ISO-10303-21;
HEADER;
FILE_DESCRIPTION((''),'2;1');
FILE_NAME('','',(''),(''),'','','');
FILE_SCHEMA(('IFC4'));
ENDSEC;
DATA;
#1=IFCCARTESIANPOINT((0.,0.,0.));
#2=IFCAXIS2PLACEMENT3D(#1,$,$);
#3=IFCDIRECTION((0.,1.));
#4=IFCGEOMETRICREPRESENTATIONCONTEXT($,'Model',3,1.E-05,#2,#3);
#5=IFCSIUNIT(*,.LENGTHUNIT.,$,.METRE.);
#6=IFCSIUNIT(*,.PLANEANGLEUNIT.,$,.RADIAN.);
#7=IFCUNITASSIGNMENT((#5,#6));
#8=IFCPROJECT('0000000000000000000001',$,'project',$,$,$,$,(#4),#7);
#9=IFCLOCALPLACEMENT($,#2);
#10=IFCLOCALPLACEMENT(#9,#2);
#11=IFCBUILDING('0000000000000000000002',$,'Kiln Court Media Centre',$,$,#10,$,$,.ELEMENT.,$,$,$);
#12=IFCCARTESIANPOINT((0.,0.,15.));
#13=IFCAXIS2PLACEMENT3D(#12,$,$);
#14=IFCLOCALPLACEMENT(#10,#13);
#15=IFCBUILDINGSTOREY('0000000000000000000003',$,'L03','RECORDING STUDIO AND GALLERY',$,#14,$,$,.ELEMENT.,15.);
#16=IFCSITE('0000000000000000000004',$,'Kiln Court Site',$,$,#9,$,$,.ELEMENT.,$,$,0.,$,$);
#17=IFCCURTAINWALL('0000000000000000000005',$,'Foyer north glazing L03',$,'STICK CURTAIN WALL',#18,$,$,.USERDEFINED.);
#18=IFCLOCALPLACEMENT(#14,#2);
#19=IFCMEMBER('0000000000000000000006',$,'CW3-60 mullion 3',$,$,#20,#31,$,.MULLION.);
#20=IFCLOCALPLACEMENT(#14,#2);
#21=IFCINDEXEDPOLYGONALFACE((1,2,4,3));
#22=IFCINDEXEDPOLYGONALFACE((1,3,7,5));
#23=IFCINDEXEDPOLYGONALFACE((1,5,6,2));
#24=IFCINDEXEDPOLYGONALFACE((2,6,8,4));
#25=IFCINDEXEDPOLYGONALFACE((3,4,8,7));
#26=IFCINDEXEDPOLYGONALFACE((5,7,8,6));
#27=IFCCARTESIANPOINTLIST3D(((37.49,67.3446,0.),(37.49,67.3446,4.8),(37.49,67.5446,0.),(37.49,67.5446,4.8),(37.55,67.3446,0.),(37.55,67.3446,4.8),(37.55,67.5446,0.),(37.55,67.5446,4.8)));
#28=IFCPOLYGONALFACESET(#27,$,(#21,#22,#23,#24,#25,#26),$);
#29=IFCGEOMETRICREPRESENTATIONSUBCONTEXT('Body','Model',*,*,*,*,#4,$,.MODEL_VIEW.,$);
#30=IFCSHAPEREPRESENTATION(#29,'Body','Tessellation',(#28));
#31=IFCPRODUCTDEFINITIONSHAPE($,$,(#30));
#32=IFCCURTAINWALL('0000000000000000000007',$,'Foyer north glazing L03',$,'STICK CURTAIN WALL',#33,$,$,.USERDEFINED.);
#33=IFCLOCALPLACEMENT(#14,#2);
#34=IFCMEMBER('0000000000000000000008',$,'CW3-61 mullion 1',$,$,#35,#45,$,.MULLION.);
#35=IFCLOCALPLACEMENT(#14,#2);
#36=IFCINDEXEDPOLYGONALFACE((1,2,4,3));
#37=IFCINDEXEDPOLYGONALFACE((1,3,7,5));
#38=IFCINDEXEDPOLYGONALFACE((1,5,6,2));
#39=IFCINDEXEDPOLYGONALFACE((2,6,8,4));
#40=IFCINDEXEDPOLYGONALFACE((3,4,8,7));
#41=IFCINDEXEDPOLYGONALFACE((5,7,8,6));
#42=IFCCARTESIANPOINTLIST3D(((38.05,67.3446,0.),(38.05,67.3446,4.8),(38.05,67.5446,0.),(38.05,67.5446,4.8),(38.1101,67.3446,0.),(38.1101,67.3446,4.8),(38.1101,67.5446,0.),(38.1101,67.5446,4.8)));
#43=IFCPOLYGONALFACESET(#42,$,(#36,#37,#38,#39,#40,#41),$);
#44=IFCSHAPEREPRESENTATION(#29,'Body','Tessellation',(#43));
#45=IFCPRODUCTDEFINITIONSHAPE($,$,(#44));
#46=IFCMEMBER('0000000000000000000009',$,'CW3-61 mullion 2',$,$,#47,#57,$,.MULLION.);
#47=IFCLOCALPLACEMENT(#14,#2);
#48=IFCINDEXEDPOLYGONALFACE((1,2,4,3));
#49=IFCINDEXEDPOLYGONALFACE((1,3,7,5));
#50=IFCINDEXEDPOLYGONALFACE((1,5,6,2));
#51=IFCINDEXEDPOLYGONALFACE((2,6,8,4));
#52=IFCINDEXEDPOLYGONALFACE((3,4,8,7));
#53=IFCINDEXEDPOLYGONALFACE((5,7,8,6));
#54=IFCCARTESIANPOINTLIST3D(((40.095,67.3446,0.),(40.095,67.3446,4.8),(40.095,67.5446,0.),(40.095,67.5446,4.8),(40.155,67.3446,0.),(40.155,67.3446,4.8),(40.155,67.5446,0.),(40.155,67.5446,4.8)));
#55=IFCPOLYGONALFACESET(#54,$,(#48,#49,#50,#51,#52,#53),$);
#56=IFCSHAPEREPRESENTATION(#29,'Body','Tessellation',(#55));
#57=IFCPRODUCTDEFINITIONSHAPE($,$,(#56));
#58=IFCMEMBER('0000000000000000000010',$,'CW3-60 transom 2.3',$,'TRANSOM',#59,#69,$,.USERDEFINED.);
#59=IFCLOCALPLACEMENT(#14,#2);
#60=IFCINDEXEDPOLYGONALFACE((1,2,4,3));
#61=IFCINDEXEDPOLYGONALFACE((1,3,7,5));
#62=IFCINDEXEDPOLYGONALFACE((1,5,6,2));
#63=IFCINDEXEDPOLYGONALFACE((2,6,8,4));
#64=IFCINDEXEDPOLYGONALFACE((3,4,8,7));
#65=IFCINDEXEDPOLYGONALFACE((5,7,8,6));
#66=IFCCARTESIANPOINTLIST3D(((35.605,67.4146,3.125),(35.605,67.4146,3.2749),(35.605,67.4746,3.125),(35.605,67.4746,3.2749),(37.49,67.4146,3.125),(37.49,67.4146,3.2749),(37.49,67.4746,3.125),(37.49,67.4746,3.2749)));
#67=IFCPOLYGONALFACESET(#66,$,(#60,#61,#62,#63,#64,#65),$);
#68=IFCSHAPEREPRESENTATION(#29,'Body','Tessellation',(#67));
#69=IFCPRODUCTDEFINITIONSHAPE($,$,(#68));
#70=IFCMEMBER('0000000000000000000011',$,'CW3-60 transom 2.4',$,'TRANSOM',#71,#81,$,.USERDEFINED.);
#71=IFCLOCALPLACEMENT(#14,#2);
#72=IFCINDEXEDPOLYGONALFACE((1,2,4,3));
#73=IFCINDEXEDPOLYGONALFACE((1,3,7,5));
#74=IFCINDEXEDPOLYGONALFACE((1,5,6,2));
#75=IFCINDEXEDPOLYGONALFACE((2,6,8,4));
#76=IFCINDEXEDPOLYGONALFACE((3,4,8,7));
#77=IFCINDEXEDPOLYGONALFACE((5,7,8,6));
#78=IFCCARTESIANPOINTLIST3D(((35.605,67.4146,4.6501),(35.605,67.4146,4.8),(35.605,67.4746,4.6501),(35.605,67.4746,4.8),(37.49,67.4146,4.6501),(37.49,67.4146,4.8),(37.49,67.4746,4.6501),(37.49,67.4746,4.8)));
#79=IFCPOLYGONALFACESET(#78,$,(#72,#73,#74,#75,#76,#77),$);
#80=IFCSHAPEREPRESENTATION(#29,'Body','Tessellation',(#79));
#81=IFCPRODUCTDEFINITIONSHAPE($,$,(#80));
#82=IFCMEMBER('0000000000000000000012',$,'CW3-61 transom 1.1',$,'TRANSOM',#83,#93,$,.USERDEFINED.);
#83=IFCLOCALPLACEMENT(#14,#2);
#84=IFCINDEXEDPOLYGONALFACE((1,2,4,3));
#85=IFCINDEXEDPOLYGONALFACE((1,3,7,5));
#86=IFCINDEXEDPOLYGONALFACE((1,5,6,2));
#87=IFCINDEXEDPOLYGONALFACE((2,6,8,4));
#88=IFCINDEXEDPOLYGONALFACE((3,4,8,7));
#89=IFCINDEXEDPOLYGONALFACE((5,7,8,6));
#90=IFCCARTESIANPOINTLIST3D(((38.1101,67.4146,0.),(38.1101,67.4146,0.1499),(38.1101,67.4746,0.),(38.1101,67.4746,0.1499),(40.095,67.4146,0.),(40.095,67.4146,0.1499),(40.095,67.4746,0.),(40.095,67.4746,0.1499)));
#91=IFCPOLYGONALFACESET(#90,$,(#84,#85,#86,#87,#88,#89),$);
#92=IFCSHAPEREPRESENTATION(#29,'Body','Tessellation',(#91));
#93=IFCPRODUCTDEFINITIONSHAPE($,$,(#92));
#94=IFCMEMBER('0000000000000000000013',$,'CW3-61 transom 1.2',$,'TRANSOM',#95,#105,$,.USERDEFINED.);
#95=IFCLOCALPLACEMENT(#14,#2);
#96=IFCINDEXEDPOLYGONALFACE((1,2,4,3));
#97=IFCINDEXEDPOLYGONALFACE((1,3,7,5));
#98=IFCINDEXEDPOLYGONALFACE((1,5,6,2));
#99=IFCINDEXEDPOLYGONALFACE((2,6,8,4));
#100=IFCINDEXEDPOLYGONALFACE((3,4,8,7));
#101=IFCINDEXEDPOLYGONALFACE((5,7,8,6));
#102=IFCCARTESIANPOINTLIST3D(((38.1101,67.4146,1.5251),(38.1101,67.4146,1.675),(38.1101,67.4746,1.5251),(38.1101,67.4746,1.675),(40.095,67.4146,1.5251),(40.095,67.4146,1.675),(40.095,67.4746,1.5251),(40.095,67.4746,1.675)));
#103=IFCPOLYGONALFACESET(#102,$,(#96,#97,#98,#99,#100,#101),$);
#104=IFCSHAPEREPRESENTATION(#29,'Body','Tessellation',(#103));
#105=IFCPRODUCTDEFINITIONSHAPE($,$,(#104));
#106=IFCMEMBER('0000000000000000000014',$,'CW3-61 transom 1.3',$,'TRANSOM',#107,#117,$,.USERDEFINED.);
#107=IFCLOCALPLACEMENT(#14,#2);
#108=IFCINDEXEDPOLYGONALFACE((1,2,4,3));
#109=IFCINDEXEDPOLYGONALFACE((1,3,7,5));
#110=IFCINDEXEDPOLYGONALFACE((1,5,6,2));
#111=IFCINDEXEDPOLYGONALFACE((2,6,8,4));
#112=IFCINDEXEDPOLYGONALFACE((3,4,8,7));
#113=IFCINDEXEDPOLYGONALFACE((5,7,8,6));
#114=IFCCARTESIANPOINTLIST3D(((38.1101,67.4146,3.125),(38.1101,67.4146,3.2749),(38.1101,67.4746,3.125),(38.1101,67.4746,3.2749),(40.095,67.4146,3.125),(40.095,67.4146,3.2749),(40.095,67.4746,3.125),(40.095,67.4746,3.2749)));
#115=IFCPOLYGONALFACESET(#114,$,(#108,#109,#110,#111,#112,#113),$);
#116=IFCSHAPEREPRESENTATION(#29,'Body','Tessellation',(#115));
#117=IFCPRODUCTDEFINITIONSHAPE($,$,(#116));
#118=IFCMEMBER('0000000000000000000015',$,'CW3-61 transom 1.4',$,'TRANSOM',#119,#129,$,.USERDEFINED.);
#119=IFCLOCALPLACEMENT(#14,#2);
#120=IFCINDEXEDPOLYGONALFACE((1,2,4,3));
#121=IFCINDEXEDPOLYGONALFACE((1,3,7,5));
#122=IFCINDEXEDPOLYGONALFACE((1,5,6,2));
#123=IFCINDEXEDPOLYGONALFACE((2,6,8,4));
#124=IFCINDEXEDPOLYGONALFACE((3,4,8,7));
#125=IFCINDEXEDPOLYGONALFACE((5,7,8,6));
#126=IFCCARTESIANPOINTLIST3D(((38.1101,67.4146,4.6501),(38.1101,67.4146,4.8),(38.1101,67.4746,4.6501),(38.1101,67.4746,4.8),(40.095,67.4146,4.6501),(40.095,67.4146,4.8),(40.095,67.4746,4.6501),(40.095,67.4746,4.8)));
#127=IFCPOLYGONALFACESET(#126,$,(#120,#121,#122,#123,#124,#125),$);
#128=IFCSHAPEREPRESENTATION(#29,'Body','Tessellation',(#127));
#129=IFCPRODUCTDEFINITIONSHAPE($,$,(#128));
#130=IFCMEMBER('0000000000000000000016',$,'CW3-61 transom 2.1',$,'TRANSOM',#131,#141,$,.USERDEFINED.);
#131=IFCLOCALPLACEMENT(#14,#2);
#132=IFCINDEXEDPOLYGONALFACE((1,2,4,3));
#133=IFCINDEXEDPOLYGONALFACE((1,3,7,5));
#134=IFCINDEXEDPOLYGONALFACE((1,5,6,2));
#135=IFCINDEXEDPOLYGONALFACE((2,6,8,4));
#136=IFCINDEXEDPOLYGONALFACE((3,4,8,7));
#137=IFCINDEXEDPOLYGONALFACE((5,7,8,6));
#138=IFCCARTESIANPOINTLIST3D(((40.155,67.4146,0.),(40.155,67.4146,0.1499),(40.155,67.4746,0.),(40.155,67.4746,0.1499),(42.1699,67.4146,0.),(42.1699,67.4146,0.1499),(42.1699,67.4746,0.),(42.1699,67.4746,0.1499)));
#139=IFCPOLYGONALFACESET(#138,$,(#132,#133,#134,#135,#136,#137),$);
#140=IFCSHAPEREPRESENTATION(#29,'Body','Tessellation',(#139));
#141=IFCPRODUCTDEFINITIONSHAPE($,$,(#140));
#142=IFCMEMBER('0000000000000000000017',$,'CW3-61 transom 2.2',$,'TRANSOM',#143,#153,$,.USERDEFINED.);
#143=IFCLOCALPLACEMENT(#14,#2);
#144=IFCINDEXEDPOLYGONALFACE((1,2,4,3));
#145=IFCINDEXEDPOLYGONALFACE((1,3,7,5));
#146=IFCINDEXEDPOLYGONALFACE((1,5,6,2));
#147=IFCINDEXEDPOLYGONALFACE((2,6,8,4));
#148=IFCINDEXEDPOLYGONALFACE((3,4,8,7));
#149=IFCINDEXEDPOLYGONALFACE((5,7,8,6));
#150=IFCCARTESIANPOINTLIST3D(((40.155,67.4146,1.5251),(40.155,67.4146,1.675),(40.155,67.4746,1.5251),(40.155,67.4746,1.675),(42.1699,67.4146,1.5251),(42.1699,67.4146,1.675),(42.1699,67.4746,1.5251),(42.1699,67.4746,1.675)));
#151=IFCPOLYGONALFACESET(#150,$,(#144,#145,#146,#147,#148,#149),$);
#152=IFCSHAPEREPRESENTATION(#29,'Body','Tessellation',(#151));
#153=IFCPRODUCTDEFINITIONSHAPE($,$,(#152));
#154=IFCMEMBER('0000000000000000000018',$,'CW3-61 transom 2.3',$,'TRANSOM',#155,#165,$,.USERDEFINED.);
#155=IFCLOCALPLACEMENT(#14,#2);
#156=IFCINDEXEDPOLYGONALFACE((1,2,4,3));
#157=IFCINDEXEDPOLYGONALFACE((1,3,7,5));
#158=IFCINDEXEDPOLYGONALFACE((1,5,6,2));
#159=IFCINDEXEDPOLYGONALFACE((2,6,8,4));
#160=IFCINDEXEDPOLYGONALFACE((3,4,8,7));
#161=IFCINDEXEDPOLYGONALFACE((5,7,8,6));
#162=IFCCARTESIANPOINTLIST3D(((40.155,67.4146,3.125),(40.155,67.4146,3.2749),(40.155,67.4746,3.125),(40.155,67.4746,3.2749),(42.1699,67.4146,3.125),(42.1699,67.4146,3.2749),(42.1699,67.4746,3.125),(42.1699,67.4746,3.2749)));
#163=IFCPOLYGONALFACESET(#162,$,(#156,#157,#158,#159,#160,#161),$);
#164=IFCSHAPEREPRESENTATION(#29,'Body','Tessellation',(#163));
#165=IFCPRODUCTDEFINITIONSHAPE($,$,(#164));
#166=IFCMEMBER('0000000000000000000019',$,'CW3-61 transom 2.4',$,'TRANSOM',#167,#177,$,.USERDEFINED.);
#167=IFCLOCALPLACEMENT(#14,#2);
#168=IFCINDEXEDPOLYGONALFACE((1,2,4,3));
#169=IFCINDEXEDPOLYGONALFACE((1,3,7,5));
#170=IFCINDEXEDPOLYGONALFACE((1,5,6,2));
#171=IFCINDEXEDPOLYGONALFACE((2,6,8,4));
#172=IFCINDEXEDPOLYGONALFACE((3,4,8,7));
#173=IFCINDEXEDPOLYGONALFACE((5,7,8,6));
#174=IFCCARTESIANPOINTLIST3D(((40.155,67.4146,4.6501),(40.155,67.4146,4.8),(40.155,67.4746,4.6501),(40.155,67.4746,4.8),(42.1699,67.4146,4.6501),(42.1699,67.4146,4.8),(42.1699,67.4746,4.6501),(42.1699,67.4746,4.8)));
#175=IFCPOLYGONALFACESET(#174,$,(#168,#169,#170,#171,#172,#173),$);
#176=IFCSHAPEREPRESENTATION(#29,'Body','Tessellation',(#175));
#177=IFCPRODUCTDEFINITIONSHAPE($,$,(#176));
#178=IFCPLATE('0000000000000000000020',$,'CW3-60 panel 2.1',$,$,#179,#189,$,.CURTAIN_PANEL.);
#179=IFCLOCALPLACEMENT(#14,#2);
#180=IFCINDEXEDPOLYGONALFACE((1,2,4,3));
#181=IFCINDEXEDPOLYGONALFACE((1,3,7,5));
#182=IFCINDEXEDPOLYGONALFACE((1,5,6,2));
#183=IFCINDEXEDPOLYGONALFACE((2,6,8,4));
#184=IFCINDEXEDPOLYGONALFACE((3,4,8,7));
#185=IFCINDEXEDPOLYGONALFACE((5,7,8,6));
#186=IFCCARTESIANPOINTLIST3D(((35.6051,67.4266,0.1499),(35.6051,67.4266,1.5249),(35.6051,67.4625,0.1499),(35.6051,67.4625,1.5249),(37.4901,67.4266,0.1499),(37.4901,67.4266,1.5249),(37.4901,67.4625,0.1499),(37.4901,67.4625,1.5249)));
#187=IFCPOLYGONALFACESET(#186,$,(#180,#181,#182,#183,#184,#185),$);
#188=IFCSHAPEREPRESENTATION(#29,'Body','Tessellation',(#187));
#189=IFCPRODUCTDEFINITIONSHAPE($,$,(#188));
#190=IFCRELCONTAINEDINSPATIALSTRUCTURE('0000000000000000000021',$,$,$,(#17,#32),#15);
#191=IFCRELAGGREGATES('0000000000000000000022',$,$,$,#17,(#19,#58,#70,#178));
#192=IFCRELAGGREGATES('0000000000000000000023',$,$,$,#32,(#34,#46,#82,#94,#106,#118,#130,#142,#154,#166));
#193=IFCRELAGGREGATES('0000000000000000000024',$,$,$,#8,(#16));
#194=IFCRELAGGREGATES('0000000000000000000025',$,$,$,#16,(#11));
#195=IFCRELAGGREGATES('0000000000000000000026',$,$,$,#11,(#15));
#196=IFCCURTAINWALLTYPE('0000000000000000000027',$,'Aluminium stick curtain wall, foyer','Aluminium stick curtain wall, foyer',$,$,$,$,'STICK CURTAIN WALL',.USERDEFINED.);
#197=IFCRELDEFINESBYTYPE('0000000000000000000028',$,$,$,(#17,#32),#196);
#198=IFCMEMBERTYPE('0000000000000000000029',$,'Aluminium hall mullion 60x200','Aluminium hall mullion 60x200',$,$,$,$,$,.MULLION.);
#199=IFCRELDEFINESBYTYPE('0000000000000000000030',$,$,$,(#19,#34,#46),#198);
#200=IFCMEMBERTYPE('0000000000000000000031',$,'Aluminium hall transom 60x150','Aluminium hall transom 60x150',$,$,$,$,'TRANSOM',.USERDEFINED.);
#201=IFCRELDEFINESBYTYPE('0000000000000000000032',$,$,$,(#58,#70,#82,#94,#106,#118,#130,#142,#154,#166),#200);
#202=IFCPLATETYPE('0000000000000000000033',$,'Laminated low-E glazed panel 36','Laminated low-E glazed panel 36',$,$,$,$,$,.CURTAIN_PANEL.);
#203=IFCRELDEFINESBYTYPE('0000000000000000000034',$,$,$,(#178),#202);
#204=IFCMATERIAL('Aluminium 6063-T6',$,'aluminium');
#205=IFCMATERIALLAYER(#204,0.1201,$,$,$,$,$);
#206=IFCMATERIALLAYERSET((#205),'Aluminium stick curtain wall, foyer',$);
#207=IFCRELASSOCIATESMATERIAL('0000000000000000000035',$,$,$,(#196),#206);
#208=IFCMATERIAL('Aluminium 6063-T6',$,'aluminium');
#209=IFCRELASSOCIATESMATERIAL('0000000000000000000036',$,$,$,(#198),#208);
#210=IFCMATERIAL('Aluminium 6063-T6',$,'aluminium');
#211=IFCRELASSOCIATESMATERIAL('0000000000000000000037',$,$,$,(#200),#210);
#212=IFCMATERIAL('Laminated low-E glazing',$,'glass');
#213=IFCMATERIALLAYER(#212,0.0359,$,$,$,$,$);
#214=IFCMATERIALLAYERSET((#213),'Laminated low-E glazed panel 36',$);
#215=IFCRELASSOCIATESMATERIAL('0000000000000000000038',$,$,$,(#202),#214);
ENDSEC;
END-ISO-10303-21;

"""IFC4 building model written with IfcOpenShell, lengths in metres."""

from ifc_helpers import new_model, si_unit, direction, frame, origin, origin_2d, place, context, subcontext, project, spatial, rectangle, extrude, material, layer, layer_set, material_profile, profile_set, type_object, element, aggregate, save


model = new_model("IFC4")

# Units and contexts
model_context = context("Model", 3, precision=1e-05, world=origin(), true_north=direction((0.0, 1.0)))
body_context = subcontext(model_context, "Body", "Model", "MODEL_VIEW")
ifc_project = project(units=[si_unit("LENGTHUNIT", "METRE"), si_unit("PLANEANGLEUNIT", "RADIAN")], contexts=[model_context])

# Site, building, storey
site_placement = place(None, origin())
site = spatial("IfcSite", under=ifc_project, at=site_placement, Name="Kiln Court Site", CompositionType="ELEMENT", RefElevation=0.0)
building_placement = place(site_placement, origin())
building = spatial("IfcBuilding", under=site, at=building_placement, Name="Kiln Court Media Centre", CompositionType="ELEMENT")
storey_placement = place(building_placement, frame((0.0, 0.0, 15.0)))
storey = spatial("IfcBuildingStorey", under=building, at=storey_placement, Name="L03", Description="RECORDING STUDIO AND GALLERY", CompositionType="ELEMENT", Elevation=15.0)

# Curtain wall, member
ifc_material_1 = material(Name="Aluminium 6063-T6", Category="aluminium")
ifc_layer_1 = layer(ifc_material_1, 0.1201)
ifc_layer_set_1 = layer_set([ifc_layer_1], Name="Aluminium stick curtain wall, foyer")
curtain_wall_type = type_object("IfcCurtainWallType", Name="Aluminium stick curtain wall, foyer", Description="Aluminium stick curtain wall, foyer", ElementType="STICK CURTAIN WALL", PredefinedType="USERDEFINED", material=ifc_layer_set_1)
curtain_wall_1_placement = place(storey_placement, origin())
curtain_wall_1 = element("IfcCurtainWall", 1, at=curtain_wall_1_placement, inside=storey, type_object=curtain_wall_type, Name="Foyer north glazing L03", ObjectType="STICK CURTAIN WALL", PredefinedType="USERDEFINED")
ifc_material_2 = material(Name="Aluminium 6063-T6", Category="aluminium")
ifc_material_profile_1 = material_profile(ifc_material_2, rectangle(XDim=0.0601, YDim=0.2, at=origin_2d()), Name="Aluminium hall mullion 60x200")
ifc_profile_set_1 = profile_set([ifc_material_profile_1], Name="Aluminium 6063-T6")
member_type_1 = type_object("IfcMemberType", Name="Aluminium hall mullion 60x200", Description="Aluminium hall mullion 60x200", PredefinedType="MULLION", material=ifc_profile_set_1)
member_1_placement = place(storey_placement, frame((37.52, 67.4446, 0.0), z_axis=(0.0, 0.0, 1.0), x_axis=(1.0, 0.0, 0.0)))
member_1 = element("IfcMember", 2, at=member_1_placement, type_object=member_type_1, Name="CW3-60 mullion 3", PredefinedType="MULLION", context=body_context, shape_type="SweptSolid", body=[
    extrude(rectangle(XDim=0.0601, YDim=0.2, at=origin_2d()), origin(), (0.0, 0.0, 1.0), 4.8),
])

# Curtain wall, members
curtain_wall_2_placement = place(storey_placement, origin())
curtain_wall_2 = element("IfcCurtainWall", 3, at=curtain_wall_2_placement, inside=storey, type_object=curtain_wall_type, Name="Foyer north glazing L03", ObjectType="STICK CURTAIN WALL", PredefinedType="USERDEFINED")
member_2_placement = place(storey_placement, frame((38.0801, 67.4446, 0.0), z_axis=(0.0, 0.0, 1.0), x_axis=(1.0, 0.0, 0.0)))
member_2 = element("IfcMember", 4, at=member_2_placement, type_object=member_type_1, Name="CW3-61 mullion 1", PredefinedType="MULLION", context=body_context, shape_type="SweptSolid", body=[
    extrude(rectangle(XDim=0.0601, YDim=0.2, at=origin_2d()), origin(), (0.0, 0.0, 1.0), 4.8),
])
member_3_placement = place(storey_placement, frame((40.125, 67.4446, 0.0), z_axis=(0.0, 0.0, 1.0), x_axis=(1.0, 0.0, 0.0)))
member_3 = element("IfcMember", 5, at=member_3_placement, type_object=member_type_1, Name="CW3-61 mullion 2", PredefinedType="MULLION", context=body_context, shape_type="SweptSolid", body=[
    extrude(rectangle(XDim=0.0601, YDim=0.2, at=origin_2d()), origin(), (0.0, 0.0, 1.0), 4.8),
])

# Members
ifc_material_3 = material(Name="Aluminium 6063-T6", Category="aluminium")
ifc_material_profile_2 = material_profile(ifc_material_3, rectangle(XDim=0.0601, YDim=0.1499, at=origin_2d()), Name="Aluminium hall transom 60x150")
ifc_profile_set_2 = profile_set([ifc_material_profile_2], Name="Aluminium 6063-T6")
member_type_2 = type_object("IfcMemberType", Name="Aluminium hall transom 60x150", Description="Aluminium hall transom 60x150", ElementType="TRANSOM", PredefinedType="USERDEFINED", material=ifc_profile_set_2)
member_4_placement = place(storey_placement, frame((35.605, 67.4446, 3.2), z_axis=(1.0, 0.0, 0.0), x_axis=(0.0, 1.0, 0.0)))
member_4 = element("IfcMember", 6, at=member_4_placement, type_object=member_type_2, Name="CW3-60 transom 2.3", ObjectType="TRANSOM", PredefinedType="USERDEFINED", context=body_context, shape_type="SweptSolid", body=[
    extrude(rectangle(XDim=0.0601, YDim=0.1499, at=origin_2d()), origin(), (0.0, 0.0, 1.0), 1.885),
])
member_5_placement = place(storey_placement, frame((35.605, 67.4446, 4.7251), z_axis=(1.0, 0.0, 0.0), x_axis=(0.0, 1.0, 0.0)))
member_5 = element("IfcMember", 7, at=member_5_placement, type_object=member_type_2, Name="CW3-60 transom 2.4", ObjectType="TRANSOM", PredefinedType="USERDEFINED", context=body_context, shape_type="SweptSolid", body=[
    extrude(rectangle(XDim=0.0601, YDim=0.1499, at=origin_2d()), origin(), (0.0, 0.0, 1.0), 1.885),
])
member_6_placement = place(storey_placement, frame((38.1101, 67.4446, 0.075), z_axis=(1.0, 0.0, 0.0), x_axis=(0.0, 1.0, 0.0)))
member_6 = element("IfcMember", 8, at=member_6_placement, type_object=member_type_2, Name="CW3-61 transom 1.1", ObjectType="TRANSOM", PredefinedType="USERDEFINED", context=body_context, shape_type="SweptSolid", body=[
    extrude(rectangle(XDim=0.0601, YDim=0.1499, at=origin_2d()), origin(), (0.0, 0.0, 1.0), 1.9849),
])
member_7_placement = place(storey_placement, frame((38.1101, 67.4446, 1.6001), z_axis=(1.0, 0.0, 0.0), x_axis=(0.0, 1.0, 0.0)))
member_7 = element("IfcMember", 9, at=member_7_placement, type_object=member_type_2, Name="CW3-61 transom 1.2", ObjectType="TRANSOM", PredefinedType="USERDEFINED", context=body_context, shape_type="SweptSolid", body=[
    extrude(rectangle(XDim=0.0601, YDim=0.1499, at=origin_2d()), origin(), (0.0, 0.0, 1.0), 1.9849),
])
member_8_placement = place(storey_placement, frame((38.1101, 67.4446, 3.2), z_axis=(1.0, 0.0, 0.0), x_axis=(0.0, 1.0, 0.0)))
member_8 = element("IfcMember", 10, at=member_8_placement, type_object=member_type_2, Name="CW3-61 transom 1.3", ObjectType="TRANSOM", PredefinedType="USERDEFINED", context=body_context, shape_type="SweptSolid", body=[
    extrude(rectangle(XDim=0.0601, YDim=0.1499, at=origin_2d()), origin(), (0.0, 0.0, 1.0), 1.9849),
])
member_9_placement = place(storey_placement, frame((38.1101, 67.4446, 4.7251), z_axis=(1.0, 0.0, 0.0), x_axis=(0.0, 1.0, 0.0)))
member_9 = element("IfcMember", 11, at=member_9_placement, type_object=member_type_2, Name="CW3-61 transom 1.4", ObjectType="TRANSOM", PredefinedType="USERDEFINED", context=body_context, shape_type="SweptSolid", body=[
    extrude(rectangle(XDim=0.0601, YDim=0.1499, at=origin_2d()), origin(), (0.0, 0.0, 1.0), 1.9849),
])
member_10_placement = place(storey_placement, frame((40.155, 67.4446, 0.075), z_axis=(1.0, 0.0, 0.0), x_axis=(0.0, 1.0, 0.0)))
member_10 = element("IfcMember", 12, at=member_10_placement, type_object=member_type_2, Name="CW3-61 transom 2.1", ObjectType="TRANSOM", PredefinedType="USERDEFINED", context=body_context, shape_type="SweptSolid", body=[
    extrude(rectangle(XDim=0.0601, YDim=0.1499, at=origin_2d()), origin(), (0.0, 0.0, 1.0), 2.0149),
])
member_11_placement = place(storey_placement, frame((40.155, 67.4446, 1.6001), z_axis=(1.0, 0.0, 0.0), x_axis=(0.0, 1.0, 0.0)))
member_11 = element("IfcMember", 13, at=member_11_placement, type_object=member_type_2, Name="CW3-61 transom 2.2", ObjectType="TRANSOM", PredefinedType="USERDEFINED", context=body_context, shape_type="SweptSolid", body=[
    extrude(rectangle(XDim=0.0601, YDim=0.1499, at=origin_2d()), origin(), (0.0, 0.0, 1.0), 2.0149),
])
member_12_placement = place(storey_placement, frame((40.155, 67.4446, 3.2), z_axis=(1.0, 0.0, 0.0), x_axis=(0.0, 1.0, 0.0)))
member_12 = element("IfcMember", 14, at=member_12_placement, type_object=member_type_2, Name="CW3-61 transom 2.3", ObjectType="TRANSOM", PredefinedType="USERDEFINED", context=body_context, shape_type="SweptSolid", body=[
    extrude(rectangle(XDim=0.0601, YDim=0.1499, at=origin_2d()), origin(), (0.0, 0.0, 1.0), 2.0149),
])
member_13_placement = place(storey_placement, frame((40.155, 67.4446, 4.7251), z_axis=(1.0, 0.0, 0.0), x_axis=(0.0, 1.0, 0.0)))
member_13 = element("IfcMember", 15, at=member_13_placement, type_object=member_type_2, Name="CW3-61 transom 2.4", ObjectType="TRANSOM", PredefinedType="USERDEFINED", context=body_context, shape_type="SweptSolid", body=[
    extrude(rectangle(XDim=0.0601, YDim=0.1499, at=origin_2d()), origin(), (0.0, 0.0, 1.0), 2.0149),
])

# Plate
ifc_material_4 = material(Name="Laminated low-E glazing", Category="glass")
ifc_layer_2 = layer(ifc_material_4, 0.0359)
ifc_layer_set_2 = layer_set([ifc_layer_2], Name="Laminated low-E glazed panel 36")
plate_type = type_object("IfcPlateType", Name="Laminated low-E glazed panel 36", Description="Laminated low-E glazed panel 36", PredefinedType="CURTAIN_PANEL", material=ifc_layer_set_2)
plate_1_placement = place(storey_placement, frame((36.5476, 67.4446, 0.1499), z_axis=(0.0, 0.0, 1.0), x_axis=(1.0, 0.0, 0.0)))
plate_1 = element("IfcPlate", 16, at=plate_1_placement, type_object=plate_type, Name="CW3-60 panel 2.1", PredefinedType="CURTAIN_PANEL", context=body_context, shape_type="SweptSolid", body=[
    extrude(rectangle(XDim=1.885, YDim=0.0359, at=origin_2d()), origin(), (0.0, 0.0, 1.0), 1.375),
])
aggregate(curtain_wall_1, [member_1, member_4, member_5, plate_1])
aggregate(curtain_wall_2, [member_2, member_3, member_6, member_7, member_8, member_9, member_10, member_11, member_12, member_13])

save(model, "model.ifc")
